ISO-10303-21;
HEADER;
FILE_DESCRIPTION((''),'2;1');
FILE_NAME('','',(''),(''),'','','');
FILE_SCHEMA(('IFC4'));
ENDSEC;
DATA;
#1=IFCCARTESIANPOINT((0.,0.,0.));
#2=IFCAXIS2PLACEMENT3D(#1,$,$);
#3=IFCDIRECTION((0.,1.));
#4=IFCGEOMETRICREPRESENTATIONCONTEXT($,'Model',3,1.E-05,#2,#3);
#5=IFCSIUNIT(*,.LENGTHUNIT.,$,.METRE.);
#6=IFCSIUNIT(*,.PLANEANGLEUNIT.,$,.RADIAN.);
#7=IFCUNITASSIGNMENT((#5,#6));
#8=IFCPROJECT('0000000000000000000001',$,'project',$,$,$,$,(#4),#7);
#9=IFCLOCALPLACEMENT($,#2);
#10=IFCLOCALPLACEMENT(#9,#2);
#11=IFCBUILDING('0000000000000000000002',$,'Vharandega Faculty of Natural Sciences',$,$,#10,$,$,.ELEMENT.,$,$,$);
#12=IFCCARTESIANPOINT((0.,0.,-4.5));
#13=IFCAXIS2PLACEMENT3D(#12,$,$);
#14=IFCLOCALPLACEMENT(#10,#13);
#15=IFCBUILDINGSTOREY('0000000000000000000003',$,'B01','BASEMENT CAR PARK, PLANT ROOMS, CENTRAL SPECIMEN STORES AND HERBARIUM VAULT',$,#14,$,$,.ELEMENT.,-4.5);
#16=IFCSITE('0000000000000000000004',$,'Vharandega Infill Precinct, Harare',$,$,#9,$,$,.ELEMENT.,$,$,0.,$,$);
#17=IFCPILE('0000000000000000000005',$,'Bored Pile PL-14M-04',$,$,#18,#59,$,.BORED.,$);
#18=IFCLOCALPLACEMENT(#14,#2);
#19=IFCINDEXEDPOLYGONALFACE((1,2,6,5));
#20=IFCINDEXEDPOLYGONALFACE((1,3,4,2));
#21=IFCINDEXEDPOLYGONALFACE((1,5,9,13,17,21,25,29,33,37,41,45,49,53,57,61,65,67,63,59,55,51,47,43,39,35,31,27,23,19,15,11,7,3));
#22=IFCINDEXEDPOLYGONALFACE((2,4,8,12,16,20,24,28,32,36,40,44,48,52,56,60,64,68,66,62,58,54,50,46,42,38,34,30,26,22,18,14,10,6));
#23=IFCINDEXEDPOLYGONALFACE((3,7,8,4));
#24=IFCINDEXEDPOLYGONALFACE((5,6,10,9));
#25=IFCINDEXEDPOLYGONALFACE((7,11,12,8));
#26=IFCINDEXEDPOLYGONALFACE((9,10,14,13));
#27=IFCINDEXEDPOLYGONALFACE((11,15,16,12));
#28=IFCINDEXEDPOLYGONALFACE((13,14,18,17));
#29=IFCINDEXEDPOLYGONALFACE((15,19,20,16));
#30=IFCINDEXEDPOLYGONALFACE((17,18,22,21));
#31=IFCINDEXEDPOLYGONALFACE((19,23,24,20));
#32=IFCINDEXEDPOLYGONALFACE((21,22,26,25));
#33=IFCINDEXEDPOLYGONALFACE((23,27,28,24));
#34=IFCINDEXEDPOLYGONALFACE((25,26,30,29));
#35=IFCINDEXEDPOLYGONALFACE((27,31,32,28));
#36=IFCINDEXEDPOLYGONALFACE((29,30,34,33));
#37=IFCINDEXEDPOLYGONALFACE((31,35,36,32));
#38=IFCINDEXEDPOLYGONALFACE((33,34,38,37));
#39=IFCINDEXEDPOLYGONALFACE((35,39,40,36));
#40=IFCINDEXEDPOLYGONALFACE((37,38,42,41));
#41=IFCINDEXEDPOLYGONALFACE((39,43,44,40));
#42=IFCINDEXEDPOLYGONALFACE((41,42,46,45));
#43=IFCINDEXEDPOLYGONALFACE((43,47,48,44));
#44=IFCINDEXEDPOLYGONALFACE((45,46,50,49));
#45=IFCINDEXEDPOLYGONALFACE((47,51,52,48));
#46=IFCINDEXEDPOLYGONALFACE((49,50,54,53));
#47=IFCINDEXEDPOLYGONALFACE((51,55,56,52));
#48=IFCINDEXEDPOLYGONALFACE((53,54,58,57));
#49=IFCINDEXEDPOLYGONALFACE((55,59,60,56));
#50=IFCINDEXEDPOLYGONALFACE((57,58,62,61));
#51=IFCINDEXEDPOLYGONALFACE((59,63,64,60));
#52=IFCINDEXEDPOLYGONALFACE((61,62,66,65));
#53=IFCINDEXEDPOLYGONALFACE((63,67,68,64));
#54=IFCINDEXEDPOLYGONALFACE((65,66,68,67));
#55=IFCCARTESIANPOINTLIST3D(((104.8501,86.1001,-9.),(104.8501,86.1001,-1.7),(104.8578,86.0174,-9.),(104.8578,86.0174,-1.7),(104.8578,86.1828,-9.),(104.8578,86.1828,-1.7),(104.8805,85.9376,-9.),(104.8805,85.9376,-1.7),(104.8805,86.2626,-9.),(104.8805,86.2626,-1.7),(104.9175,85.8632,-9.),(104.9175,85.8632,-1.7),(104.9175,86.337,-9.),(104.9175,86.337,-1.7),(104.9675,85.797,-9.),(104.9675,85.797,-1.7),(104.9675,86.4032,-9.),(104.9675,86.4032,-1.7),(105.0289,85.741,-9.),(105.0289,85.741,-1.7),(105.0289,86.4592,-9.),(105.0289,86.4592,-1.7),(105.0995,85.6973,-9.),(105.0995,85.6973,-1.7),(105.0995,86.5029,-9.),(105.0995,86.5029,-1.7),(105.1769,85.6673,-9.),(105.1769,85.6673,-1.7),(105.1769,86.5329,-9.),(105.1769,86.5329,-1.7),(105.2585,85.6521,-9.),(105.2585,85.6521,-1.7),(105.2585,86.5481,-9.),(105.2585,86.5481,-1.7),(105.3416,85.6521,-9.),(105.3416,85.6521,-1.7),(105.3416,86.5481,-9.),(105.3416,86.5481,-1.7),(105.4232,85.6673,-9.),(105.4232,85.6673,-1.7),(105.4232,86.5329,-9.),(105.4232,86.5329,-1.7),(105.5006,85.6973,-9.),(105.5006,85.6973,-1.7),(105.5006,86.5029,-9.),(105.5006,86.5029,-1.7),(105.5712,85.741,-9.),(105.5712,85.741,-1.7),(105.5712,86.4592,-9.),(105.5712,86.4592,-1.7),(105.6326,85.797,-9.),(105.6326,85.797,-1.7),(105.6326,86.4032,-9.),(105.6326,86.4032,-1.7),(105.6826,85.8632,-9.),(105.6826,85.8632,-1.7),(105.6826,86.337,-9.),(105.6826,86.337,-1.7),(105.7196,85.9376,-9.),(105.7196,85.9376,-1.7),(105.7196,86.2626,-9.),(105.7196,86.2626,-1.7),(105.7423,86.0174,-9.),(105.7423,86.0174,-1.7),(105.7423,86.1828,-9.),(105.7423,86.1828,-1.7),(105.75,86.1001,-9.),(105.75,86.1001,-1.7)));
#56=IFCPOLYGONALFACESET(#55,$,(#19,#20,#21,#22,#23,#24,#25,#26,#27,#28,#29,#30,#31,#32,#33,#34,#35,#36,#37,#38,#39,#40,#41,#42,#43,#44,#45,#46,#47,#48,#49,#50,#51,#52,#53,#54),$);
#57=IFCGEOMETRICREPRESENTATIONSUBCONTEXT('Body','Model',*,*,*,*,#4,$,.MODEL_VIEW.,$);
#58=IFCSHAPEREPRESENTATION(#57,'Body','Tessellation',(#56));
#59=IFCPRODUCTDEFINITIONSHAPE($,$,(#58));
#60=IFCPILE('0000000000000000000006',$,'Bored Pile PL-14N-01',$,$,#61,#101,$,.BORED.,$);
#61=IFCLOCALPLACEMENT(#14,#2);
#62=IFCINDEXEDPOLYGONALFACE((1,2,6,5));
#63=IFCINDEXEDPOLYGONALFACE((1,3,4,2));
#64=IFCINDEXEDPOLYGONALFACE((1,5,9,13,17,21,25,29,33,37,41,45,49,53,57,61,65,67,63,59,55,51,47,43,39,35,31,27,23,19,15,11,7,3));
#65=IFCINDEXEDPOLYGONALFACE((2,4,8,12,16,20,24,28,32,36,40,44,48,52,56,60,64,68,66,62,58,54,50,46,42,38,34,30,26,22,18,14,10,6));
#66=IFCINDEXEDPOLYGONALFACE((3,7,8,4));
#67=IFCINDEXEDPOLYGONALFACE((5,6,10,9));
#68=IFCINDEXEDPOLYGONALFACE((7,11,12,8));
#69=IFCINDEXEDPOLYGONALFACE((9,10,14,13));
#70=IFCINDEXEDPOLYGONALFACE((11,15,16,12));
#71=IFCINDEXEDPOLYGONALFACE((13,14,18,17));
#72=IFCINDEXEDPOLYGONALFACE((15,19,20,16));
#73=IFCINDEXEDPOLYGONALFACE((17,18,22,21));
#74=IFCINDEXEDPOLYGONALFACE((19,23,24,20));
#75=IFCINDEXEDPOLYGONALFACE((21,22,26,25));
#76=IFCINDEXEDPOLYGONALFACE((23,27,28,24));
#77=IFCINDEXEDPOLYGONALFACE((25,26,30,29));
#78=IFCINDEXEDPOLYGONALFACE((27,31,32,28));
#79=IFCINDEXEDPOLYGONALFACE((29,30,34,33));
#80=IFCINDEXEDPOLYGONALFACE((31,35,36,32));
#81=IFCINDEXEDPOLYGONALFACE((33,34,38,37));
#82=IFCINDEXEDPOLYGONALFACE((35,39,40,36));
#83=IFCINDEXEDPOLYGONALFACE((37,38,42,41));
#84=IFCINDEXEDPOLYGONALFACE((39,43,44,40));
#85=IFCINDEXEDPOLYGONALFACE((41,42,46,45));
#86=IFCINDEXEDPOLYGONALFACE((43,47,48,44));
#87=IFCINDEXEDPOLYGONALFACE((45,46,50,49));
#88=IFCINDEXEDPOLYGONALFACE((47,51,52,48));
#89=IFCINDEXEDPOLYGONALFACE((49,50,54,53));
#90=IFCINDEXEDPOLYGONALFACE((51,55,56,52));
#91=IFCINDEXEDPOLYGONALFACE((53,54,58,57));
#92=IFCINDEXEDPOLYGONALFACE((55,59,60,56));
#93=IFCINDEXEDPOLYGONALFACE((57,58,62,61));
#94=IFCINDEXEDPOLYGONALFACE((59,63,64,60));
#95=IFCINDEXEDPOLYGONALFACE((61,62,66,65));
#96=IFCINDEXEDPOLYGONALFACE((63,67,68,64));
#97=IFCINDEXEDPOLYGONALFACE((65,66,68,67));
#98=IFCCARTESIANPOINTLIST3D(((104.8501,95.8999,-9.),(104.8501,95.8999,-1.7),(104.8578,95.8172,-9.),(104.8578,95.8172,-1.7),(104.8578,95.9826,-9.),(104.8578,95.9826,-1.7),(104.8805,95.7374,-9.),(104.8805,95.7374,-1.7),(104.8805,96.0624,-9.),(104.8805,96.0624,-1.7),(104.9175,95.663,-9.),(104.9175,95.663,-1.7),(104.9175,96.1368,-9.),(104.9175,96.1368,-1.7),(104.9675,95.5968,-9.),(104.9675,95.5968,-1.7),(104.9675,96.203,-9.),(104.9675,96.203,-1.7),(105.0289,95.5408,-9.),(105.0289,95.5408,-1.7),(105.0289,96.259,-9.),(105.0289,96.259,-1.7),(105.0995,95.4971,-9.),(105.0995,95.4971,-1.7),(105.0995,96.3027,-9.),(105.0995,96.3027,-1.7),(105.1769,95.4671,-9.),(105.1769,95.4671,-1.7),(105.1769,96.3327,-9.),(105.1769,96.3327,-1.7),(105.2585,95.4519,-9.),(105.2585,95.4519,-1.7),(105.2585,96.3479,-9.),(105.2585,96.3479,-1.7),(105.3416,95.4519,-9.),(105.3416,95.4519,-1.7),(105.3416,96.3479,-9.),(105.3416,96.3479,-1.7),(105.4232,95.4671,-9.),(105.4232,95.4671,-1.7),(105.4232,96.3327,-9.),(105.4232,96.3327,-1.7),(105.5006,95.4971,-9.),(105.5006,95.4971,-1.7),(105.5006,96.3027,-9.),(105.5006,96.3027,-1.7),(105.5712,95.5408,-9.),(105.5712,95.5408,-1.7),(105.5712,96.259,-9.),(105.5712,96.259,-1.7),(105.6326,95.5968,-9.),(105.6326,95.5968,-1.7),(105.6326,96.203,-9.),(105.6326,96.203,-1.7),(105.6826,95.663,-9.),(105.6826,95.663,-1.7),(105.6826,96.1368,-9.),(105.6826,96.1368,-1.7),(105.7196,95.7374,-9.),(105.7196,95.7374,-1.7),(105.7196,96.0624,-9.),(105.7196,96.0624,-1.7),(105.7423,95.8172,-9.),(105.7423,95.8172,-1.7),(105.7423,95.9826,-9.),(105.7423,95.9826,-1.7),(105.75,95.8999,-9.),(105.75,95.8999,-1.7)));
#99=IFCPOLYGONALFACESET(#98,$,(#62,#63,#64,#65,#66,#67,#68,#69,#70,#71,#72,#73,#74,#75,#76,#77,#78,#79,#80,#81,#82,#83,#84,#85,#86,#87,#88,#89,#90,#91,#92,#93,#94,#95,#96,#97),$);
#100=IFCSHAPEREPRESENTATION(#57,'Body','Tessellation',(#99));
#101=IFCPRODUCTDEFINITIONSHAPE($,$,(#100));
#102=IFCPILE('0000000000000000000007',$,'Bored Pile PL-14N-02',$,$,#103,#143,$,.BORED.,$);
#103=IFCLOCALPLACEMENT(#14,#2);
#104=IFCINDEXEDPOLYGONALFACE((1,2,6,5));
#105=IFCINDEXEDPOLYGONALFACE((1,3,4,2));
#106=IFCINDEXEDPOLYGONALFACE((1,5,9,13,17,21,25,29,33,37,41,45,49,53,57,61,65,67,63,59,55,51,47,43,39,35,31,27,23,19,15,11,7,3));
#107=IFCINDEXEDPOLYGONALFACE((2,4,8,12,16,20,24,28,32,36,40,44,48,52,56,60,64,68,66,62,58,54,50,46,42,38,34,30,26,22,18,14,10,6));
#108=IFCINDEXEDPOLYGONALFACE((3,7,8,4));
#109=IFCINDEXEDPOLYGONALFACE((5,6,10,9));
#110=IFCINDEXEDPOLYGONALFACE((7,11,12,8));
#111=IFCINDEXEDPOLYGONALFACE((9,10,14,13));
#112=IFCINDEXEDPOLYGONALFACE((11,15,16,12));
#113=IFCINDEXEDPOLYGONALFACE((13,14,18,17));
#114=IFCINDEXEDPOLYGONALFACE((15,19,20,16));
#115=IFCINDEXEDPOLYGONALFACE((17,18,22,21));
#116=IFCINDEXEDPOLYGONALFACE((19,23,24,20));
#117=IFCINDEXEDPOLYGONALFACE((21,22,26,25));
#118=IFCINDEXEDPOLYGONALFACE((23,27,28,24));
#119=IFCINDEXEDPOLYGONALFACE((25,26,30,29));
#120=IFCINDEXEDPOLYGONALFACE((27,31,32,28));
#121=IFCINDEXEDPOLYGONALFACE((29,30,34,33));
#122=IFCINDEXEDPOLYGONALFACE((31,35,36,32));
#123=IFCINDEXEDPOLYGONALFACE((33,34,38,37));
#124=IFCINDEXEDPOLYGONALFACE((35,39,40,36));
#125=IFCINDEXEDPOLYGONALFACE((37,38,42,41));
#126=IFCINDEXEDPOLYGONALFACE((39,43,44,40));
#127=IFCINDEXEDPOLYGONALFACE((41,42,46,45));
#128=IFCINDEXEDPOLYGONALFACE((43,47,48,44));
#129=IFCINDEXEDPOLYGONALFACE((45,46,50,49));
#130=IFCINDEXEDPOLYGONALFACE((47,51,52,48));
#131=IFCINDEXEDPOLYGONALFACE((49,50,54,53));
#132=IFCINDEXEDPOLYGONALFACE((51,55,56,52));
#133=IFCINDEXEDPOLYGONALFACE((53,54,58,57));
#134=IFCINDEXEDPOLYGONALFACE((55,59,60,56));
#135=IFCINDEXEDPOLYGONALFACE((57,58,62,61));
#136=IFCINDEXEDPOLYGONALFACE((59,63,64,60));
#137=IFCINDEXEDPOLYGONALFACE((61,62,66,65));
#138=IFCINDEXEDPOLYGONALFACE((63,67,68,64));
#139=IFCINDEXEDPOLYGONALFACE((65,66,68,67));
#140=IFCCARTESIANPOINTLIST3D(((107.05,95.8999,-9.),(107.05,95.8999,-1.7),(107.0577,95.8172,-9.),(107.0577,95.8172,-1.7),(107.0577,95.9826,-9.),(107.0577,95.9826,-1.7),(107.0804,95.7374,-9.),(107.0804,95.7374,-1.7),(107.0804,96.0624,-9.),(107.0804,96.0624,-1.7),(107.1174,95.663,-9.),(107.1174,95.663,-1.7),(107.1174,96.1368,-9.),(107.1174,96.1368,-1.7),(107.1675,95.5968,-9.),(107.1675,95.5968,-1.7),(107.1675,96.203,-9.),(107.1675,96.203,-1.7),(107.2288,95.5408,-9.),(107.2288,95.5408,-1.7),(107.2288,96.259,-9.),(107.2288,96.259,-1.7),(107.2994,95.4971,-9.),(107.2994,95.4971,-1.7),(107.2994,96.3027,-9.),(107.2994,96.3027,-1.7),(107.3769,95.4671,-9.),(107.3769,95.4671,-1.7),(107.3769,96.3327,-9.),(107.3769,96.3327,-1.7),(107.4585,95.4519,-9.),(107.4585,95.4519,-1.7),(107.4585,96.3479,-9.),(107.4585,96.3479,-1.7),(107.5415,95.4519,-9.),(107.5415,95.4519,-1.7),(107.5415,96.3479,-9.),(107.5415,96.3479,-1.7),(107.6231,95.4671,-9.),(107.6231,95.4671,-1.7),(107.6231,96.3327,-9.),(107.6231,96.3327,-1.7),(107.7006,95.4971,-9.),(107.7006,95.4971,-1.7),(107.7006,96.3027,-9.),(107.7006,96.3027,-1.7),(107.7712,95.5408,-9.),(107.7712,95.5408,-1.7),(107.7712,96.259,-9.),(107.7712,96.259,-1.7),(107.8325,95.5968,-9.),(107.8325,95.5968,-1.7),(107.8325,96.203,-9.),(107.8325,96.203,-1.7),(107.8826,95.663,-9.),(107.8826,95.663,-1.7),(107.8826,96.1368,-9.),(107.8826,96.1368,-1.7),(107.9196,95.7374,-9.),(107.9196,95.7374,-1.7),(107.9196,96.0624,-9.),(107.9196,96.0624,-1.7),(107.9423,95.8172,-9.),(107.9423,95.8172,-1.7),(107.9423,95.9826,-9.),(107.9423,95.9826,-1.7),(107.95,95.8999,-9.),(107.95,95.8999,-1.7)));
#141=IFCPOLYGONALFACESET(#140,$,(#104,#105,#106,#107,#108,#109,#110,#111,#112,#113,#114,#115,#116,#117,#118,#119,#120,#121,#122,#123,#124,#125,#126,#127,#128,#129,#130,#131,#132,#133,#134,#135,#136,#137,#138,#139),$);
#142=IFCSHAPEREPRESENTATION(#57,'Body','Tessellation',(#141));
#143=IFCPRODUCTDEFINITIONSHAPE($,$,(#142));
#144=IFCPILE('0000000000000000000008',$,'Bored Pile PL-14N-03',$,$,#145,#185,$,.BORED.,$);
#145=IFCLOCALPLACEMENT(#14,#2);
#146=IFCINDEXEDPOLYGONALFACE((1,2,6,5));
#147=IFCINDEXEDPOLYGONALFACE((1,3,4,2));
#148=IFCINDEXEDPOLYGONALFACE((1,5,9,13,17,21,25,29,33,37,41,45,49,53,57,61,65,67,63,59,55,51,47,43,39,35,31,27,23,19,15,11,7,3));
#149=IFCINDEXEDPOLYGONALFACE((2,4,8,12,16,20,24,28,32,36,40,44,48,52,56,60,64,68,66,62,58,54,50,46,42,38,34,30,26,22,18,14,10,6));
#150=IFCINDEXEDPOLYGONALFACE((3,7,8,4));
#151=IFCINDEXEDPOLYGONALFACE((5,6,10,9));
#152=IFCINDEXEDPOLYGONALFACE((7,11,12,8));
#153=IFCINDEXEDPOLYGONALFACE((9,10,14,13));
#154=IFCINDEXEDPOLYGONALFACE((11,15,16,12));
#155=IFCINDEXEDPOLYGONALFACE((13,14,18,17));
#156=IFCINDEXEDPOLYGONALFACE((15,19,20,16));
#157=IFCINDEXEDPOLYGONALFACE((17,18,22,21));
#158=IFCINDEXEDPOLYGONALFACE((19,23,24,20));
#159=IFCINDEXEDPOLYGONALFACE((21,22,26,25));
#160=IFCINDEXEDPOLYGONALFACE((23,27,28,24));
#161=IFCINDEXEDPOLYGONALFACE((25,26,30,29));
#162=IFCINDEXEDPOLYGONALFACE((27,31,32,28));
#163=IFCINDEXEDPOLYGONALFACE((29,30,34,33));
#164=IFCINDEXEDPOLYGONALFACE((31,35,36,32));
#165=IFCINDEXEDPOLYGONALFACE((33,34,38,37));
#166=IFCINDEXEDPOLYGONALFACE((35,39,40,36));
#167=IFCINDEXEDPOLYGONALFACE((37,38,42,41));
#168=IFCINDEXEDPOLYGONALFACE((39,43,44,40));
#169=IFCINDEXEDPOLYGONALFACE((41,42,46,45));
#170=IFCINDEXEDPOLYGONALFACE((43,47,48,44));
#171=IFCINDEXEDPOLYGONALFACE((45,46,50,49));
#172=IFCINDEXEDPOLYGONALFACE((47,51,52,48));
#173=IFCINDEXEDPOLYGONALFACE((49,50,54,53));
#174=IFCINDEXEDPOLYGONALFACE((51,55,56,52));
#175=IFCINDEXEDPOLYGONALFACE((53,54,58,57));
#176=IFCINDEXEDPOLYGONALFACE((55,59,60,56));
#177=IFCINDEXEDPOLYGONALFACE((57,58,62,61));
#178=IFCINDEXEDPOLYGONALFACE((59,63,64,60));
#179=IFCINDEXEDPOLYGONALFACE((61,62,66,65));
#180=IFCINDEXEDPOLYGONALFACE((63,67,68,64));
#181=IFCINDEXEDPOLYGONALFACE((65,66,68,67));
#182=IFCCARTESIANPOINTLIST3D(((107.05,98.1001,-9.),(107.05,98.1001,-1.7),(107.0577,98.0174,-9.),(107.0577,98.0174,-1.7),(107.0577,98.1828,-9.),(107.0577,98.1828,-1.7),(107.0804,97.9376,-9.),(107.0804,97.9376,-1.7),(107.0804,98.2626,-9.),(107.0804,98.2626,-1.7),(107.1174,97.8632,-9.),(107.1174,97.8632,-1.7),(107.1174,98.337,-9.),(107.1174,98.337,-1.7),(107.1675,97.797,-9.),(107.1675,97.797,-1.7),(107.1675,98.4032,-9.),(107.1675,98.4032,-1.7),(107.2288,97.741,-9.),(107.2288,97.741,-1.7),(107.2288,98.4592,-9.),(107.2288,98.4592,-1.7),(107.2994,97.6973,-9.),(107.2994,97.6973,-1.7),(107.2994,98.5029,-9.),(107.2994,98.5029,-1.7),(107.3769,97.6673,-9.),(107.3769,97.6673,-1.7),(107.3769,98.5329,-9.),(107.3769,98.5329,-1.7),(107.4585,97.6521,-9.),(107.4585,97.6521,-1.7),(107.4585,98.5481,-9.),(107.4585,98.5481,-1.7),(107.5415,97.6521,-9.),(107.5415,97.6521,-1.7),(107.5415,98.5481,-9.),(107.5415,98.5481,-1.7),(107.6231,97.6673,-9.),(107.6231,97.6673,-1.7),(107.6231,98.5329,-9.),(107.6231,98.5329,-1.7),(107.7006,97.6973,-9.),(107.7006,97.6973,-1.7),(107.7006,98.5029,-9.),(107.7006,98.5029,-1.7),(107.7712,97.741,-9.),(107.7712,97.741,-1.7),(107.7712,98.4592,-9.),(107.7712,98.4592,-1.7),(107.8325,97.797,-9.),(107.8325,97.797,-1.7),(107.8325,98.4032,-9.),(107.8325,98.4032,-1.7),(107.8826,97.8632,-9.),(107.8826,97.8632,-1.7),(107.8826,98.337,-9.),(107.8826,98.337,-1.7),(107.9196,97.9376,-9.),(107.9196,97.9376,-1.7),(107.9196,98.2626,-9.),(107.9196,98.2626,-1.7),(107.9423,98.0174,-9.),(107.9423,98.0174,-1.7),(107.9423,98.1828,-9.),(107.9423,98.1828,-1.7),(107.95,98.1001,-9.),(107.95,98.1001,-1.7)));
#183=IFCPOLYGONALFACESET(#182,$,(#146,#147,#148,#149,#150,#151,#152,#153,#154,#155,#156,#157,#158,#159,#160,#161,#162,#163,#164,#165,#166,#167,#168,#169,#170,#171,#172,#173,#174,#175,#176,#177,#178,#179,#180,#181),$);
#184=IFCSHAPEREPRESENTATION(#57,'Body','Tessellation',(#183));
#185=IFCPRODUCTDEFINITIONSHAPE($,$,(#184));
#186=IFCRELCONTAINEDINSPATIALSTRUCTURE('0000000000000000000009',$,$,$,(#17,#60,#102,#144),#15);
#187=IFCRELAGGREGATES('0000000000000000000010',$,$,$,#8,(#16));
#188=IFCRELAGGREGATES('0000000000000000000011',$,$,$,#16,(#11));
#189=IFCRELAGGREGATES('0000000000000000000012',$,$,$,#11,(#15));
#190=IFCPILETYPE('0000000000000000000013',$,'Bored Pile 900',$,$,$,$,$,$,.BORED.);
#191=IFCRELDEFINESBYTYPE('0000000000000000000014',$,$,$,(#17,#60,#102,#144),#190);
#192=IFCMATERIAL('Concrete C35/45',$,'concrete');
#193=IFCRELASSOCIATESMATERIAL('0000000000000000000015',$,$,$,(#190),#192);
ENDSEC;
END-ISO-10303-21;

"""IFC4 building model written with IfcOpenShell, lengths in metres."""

from ifc_helpers import new_model, si_unit, direction, frame, origin, origin_2d, place, context, subcontext, project, spatial, circle, extrude, material, material_profile, profile_set, type_object, element, save


model = new_model("IFC4")

# Units and contexts
model_context = context("Model", 3, precision=1e-05, world=origin(), true_north=direction((0.0, 1.0)))
body_context = subcontext(model_context, "Body", "Model", "MODEL_VIEW")
ifc_project = project(units=[si_unit("LENGTHUNIT", "METRE"), si_unit("PLANEANGLEUNIT", "RADIAN")], contexts=[model_context])

# Site, building, storey
site_placement = place(None, origin())
site = spatial("IfcSite", under=ifc_project, at=site_placement, Name="Vharandega Infill Precinct, Harare", CompositionType="ELEMENT", RefElevation=0.0)
building_placement = place(site_placement, origin())
building = spatial("IfcBuilding", under=site, at=building_placement, Name="Vharandega Faculty of Natural Sciences", CompositionType="ELEMENT")
storey_placement = place(building_placement, frame((0.0, 0.0, -4.5)))
storey = spatial("IfcBuildingStorey", under=building, at=storey_placement, Name="B01", Description="BASEMENT CAR PARK, PLANT ROOMS, CENTRAL SPECIMEN STORES AND HERBARIUM VAULT", CompositionType="ELEMENT", Elevation=-4.5)

# Piles
ifc_material_1 = material(Name="Concrete C35/45", Category="concrete")
ifc_material_profile_1 = material_profile(ifc_material_1, circle(Radius=0.45, at=origin_2d()), Name="PILE 900")
ifc_profile_set_1 = profile_set([ifc_material_profile_1], Name="Concrete C35/45")
pile_type = type_object("IfcPileType", Name="Bored Pile 900", PredefinedType="BORED", material=ifc_profile_set_1)
for number, where, z_axis, x_axis, name in (
    (1, (105.3, 86.1001, -1.7), (0.0, 0.0, -1.0), (1.0, 0.0, 0.0), "Bored Pile PL-14M-04"),
    (2, (105.3, 95.8999, -1.7), (0.0, 0.0, -1.0), (1.0, 0.0, 0.0), "Bored Pile PL-14N-01"),
    (3, (107.5, 95.8999, -1.7), (0.0, 0.0, -1.0), (1.0, 0.0, 0.0), "Bored Pile PL-14N-02"),
    (4, (107.5, 98.1001, -1.7), (0.0, 0.0, -1.0), (1.0, 0.0, 0.0), "Bored Pile PL-14N-03"),
):
    element("IfcPile", number, at=place(storey_placement, frame(where, z_axis=z_axis, x_axis=x_axis)), inside=storey, type_object=pile_type, Name=name, PredefinedType="BORED", context=body_context, shape_type="SweptSolid", body=[
        extrude(circle(Radius=0.45, at=origin_2d()), origin(), (0.0, 0.0, 1.0), 7.3),
    ])

save(model, "model.ifc")
